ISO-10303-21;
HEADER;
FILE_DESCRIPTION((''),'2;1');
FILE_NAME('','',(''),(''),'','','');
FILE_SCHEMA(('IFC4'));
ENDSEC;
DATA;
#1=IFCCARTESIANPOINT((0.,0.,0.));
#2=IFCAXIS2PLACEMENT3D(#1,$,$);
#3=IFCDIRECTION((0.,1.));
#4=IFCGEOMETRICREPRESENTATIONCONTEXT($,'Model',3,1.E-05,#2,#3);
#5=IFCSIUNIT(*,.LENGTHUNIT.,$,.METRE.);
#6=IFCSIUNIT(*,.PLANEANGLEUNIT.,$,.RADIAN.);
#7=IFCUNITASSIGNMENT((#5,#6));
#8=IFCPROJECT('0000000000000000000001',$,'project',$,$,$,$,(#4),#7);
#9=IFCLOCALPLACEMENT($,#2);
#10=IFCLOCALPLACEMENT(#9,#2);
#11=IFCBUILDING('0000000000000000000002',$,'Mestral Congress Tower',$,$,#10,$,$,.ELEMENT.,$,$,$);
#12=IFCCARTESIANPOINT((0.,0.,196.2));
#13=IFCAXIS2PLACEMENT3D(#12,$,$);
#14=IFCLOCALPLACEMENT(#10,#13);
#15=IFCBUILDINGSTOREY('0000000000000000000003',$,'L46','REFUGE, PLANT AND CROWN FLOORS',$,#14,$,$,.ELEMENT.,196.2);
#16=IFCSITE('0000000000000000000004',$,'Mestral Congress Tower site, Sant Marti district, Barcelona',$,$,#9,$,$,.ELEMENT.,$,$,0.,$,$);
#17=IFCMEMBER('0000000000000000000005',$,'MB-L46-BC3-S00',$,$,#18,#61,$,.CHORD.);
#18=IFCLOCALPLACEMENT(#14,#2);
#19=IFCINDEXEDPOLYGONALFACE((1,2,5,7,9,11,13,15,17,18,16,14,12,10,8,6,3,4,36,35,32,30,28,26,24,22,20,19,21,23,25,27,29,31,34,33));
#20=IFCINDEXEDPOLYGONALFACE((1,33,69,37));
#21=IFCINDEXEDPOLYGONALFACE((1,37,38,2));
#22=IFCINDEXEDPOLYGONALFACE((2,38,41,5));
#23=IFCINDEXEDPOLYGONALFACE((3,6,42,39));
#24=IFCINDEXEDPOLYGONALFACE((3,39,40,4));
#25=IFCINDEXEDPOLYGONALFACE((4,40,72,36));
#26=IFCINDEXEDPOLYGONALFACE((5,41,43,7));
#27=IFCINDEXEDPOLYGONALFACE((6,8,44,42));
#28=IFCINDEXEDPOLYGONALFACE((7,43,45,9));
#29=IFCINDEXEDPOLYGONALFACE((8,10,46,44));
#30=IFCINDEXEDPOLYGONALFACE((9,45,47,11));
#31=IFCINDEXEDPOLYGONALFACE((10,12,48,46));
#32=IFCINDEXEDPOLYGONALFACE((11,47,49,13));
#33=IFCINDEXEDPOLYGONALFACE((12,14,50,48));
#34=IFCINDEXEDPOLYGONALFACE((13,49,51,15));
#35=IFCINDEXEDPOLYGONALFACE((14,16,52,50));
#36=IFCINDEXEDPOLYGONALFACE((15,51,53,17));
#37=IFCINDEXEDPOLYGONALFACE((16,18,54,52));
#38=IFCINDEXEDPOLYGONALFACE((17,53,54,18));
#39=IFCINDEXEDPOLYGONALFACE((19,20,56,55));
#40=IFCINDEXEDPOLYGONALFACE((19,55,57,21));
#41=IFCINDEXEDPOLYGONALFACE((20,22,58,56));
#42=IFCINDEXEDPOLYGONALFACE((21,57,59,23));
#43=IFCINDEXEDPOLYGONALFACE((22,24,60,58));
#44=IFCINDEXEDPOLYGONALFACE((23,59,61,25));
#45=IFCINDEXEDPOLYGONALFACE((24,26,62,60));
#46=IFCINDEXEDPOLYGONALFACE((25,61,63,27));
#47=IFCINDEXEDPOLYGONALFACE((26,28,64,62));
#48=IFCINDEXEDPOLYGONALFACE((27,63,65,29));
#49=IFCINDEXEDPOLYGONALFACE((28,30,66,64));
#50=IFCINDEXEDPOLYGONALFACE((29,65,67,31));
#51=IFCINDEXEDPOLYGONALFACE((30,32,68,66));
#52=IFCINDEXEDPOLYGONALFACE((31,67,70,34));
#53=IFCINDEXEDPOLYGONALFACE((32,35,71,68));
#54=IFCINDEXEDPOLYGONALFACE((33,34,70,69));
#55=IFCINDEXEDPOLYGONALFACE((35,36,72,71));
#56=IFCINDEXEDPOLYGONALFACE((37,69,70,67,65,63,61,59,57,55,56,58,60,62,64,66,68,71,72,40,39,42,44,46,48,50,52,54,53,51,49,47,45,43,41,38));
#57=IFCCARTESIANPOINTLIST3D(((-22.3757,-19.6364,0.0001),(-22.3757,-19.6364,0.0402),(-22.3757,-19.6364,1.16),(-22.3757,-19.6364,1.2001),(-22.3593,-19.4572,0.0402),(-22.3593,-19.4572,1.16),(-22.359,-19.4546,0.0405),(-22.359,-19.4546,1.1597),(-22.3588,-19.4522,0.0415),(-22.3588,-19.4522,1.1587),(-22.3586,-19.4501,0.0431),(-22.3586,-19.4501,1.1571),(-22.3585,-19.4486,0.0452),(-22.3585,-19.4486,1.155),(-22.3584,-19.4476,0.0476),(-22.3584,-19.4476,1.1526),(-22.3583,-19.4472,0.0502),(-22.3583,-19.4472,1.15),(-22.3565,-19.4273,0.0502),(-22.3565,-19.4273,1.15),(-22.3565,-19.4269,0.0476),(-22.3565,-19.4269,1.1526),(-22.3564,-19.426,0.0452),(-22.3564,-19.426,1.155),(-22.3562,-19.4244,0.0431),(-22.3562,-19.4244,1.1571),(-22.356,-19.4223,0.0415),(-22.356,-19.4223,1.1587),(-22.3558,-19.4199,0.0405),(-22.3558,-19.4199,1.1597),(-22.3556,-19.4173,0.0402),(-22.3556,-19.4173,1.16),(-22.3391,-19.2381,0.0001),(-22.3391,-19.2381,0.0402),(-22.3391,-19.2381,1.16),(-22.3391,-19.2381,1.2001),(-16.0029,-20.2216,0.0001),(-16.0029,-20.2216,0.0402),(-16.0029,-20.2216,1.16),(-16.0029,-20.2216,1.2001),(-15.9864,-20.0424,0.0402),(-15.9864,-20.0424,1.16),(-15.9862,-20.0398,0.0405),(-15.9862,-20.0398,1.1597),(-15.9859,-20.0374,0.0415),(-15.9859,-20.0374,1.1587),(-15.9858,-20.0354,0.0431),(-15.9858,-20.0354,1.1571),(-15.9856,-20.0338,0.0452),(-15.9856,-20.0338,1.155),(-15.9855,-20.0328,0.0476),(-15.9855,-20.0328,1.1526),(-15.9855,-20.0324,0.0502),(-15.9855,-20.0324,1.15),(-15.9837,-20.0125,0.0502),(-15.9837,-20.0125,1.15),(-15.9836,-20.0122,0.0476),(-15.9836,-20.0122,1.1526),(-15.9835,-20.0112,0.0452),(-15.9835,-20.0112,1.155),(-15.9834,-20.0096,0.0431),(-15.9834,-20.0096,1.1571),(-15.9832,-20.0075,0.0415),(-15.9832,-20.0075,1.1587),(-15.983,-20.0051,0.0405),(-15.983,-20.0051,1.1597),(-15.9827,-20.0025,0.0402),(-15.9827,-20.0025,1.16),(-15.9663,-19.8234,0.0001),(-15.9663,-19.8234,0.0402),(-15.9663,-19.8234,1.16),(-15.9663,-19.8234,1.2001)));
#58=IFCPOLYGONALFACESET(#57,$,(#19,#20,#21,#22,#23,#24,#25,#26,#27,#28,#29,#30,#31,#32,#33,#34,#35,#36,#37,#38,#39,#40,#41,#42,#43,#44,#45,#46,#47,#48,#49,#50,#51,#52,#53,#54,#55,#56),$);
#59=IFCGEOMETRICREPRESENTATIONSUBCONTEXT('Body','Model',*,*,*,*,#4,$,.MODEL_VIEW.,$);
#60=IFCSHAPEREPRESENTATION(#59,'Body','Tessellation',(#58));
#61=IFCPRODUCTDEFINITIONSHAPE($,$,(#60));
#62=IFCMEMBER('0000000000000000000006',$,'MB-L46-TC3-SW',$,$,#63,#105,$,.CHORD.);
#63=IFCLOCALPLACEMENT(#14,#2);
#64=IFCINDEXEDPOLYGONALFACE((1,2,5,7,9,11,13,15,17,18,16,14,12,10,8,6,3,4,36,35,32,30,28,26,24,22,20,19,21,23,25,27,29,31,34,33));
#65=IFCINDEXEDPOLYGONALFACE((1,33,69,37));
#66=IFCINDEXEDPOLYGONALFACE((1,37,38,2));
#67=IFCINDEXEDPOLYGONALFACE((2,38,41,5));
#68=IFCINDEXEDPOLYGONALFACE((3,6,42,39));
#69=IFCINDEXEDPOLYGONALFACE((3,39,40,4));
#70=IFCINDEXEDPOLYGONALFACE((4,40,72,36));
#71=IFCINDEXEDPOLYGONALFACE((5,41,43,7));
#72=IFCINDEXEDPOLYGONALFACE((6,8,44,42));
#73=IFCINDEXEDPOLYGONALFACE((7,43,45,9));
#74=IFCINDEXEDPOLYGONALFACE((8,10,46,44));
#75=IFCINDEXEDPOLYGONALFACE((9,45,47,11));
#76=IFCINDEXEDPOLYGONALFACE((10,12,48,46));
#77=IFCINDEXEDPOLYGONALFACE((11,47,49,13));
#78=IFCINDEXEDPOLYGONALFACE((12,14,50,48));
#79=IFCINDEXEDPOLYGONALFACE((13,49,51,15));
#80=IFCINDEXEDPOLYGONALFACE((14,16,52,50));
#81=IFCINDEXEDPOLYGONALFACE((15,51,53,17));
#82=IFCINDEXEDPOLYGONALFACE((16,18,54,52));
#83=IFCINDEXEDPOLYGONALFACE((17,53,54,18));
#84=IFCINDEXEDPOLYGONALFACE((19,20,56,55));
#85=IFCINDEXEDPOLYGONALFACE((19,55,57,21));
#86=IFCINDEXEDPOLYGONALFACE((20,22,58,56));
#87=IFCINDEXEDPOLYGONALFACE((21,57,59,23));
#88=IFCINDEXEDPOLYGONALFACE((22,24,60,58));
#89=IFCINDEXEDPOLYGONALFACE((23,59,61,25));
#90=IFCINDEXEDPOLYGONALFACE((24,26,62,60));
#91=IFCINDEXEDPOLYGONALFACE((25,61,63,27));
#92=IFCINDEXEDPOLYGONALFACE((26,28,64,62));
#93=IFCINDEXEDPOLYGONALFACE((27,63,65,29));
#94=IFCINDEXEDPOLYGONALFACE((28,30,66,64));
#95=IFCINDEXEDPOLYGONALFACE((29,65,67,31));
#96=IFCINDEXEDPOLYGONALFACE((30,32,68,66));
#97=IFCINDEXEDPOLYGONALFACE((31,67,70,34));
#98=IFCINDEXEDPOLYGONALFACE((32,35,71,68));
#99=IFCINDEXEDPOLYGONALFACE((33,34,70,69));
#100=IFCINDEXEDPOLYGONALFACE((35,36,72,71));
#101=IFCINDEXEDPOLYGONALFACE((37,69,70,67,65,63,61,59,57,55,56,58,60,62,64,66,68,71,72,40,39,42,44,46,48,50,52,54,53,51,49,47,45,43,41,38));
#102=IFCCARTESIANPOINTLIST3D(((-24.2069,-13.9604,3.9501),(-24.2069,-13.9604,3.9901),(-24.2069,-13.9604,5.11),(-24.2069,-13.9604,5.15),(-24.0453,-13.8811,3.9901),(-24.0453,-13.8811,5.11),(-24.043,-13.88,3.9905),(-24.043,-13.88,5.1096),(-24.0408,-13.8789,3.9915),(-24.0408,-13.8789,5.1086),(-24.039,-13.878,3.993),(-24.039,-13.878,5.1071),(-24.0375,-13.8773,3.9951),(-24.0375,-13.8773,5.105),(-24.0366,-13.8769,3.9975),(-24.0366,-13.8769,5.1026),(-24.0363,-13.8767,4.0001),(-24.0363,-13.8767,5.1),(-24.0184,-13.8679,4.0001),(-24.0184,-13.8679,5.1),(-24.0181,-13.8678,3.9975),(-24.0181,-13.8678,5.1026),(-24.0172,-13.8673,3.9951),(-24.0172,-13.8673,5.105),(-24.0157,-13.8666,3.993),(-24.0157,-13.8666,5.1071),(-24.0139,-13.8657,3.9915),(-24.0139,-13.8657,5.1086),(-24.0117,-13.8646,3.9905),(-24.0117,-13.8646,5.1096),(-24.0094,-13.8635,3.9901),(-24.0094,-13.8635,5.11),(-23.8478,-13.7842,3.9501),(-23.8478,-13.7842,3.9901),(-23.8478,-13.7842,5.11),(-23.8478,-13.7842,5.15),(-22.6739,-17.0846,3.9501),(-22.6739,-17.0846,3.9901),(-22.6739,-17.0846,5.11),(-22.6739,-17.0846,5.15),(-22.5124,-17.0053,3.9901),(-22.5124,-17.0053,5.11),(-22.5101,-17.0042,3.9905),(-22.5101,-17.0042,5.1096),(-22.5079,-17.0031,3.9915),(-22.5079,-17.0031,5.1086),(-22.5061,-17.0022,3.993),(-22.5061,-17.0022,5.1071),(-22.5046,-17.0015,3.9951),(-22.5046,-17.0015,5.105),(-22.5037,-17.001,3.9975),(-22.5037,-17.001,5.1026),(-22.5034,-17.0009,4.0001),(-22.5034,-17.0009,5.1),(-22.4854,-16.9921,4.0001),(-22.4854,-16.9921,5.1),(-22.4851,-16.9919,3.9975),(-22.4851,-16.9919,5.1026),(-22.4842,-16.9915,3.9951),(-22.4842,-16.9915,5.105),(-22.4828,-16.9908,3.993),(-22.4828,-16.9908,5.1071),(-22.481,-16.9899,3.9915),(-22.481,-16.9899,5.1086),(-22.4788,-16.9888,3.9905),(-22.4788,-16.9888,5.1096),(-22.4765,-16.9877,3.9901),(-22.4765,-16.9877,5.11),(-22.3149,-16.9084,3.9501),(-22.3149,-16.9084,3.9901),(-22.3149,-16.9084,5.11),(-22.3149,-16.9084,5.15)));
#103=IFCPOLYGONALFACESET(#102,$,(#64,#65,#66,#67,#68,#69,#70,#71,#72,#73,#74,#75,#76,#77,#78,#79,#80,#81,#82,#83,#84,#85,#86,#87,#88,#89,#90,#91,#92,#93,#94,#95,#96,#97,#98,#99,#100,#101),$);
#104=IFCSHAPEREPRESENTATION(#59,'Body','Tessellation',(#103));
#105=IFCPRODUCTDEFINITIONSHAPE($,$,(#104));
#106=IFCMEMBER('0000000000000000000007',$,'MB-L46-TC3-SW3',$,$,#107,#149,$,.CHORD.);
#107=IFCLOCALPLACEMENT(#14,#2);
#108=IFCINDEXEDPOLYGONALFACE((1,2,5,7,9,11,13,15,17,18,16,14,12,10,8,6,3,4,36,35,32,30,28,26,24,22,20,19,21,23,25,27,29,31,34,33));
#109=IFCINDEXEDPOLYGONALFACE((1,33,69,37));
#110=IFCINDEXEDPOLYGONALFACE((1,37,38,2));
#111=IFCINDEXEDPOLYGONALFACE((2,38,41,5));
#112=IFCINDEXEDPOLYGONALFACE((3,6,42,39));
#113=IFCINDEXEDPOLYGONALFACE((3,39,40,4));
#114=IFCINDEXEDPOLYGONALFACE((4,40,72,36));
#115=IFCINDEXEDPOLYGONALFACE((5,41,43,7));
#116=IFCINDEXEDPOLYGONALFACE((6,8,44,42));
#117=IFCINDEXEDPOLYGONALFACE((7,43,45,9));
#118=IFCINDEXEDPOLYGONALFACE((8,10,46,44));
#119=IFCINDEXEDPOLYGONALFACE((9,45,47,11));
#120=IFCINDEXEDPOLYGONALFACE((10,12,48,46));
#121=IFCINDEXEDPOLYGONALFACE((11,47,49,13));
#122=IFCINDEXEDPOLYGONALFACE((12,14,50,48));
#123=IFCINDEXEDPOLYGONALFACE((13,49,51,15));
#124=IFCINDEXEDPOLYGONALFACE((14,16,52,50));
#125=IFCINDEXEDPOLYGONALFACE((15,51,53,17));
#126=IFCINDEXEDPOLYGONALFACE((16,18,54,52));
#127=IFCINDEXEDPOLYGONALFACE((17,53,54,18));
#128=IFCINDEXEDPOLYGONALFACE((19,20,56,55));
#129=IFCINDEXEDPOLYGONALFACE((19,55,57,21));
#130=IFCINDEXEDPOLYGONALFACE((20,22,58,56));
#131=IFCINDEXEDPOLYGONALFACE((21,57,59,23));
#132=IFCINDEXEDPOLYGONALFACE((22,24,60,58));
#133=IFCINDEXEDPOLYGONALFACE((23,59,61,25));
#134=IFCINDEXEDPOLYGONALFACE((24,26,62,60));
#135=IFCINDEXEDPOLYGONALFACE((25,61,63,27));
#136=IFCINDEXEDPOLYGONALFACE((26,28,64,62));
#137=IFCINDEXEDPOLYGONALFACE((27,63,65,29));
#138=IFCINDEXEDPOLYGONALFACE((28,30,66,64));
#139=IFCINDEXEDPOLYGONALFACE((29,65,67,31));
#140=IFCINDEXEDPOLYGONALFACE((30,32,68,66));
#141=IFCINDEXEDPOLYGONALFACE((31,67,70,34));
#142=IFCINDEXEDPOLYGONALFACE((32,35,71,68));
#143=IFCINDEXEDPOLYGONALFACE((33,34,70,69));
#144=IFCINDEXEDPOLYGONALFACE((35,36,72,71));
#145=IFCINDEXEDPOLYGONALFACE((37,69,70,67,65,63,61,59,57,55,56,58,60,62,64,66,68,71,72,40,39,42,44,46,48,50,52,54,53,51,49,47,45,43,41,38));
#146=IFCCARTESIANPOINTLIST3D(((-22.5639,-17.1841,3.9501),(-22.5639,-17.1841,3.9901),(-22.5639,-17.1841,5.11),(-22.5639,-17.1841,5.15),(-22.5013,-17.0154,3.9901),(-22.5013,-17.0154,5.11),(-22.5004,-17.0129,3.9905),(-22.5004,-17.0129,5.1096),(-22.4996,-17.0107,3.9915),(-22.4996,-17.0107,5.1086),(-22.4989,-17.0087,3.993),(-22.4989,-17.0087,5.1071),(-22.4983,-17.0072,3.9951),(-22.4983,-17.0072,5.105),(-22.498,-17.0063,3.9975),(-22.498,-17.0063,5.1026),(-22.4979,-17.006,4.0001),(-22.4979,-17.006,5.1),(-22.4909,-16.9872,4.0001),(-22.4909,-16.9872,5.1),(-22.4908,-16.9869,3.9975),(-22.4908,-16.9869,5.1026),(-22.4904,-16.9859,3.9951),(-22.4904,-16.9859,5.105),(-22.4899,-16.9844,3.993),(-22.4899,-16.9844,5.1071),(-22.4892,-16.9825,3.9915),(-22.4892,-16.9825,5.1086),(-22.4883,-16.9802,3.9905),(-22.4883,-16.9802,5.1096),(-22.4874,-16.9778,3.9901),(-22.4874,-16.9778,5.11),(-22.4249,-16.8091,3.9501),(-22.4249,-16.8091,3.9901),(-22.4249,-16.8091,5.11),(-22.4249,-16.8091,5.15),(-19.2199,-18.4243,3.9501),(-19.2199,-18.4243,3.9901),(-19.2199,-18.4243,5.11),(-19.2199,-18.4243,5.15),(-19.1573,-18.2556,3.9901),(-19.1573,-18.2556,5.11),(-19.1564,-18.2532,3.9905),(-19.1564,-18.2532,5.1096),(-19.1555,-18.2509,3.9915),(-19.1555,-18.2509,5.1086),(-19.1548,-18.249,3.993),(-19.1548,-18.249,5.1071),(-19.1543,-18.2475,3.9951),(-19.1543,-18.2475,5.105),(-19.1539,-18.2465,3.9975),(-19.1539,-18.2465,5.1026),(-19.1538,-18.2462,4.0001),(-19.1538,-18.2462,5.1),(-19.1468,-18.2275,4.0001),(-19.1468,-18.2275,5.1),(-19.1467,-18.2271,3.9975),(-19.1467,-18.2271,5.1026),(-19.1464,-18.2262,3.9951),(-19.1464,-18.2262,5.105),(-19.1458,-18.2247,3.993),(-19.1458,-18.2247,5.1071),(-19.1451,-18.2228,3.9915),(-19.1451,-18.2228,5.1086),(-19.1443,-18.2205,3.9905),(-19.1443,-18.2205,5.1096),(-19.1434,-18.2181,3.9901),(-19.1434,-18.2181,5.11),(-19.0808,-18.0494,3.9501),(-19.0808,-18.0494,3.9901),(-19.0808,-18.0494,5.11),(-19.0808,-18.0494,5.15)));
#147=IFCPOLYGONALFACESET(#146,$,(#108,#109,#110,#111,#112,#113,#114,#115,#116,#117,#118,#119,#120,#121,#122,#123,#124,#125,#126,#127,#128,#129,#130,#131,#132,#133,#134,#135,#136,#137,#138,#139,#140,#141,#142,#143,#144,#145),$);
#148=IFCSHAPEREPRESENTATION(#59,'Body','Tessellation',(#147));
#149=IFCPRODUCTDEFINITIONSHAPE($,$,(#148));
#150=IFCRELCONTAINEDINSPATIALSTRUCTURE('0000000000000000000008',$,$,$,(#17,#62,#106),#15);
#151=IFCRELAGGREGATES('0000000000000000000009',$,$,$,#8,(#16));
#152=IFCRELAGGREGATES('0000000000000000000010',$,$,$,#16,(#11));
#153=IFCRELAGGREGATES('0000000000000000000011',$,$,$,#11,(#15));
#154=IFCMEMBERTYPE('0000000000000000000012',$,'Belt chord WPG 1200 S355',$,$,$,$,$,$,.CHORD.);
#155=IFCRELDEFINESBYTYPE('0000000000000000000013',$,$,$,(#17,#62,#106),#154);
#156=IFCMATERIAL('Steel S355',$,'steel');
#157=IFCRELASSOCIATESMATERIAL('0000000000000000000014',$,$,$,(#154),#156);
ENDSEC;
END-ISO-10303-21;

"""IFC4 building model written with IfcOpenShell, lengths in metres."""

from ifc_helpers import new_model, si_unit, direction, frame, origin, origin_2d, place, context, subcontext, project, spatial, i_section, extrude, material, material_profile, profile_set, type_object, element, save


model = new_model("IFC4")

# Units and contexts
model_context = context("Model", 3, precision=1e-05, world=origin(), true_north=direction((0.0, 1.0)))
body_context = subcontext(model_context, "Body", "Model", "MODEL_VIEW")
ifc_project = project(units=[si_unit("LENGTHUNIT", "METRE"), si_unit("PLANEANGLEUNIT", "RADIAN")], contexts=[model_context])

# Site, building, storey
site_placement = place(None, origin())
site = spatial("IfcSite", under=ifc_project, at=site_placement, Name="Mestral Congress Tower site, Sant Marti district, Barcelona", CompositionType="ELEMENT", RefElevation=0.0)
building_placement = place(site_placement, origin())
building = spatial("IfcBuilding", under=site, at=building_placement, Name="Mestral Congress Tower", CompositionType="ELEMENT")
storey_placement = place(building_placement, frame((0.0, 0.0, 196.2)))
storey = spatial("IfcBuildingStorey", under=building, at=storey_placement, Name="L46", Description="REFUGE, PLANT AND CROWN FLOORS", CompositionType="ELEMENT", Elevation=196.2)

# Members
ifc_material_1 = material(Name="Steel S355", Category="steel")
ifc_material_profile_1 = material_profile(ifc_material_1, i_section(OverallWidth=0.3999, OverallDepth=1.2, WebThickness=0.02, FlangeThickness=0.04, FilletRadius=0.01, at=origin_2d()), Name="WPG 1200")
ifc_profile_set_1 = profile_set([ifc_material_profile_1], Name="Steel S355")
member_type_1 = type_object("IfcMemberType", Name="Belt chord WPG 1200 S355", PredefinedType="CHORD", material=ifc_profile_set_1)
member_1_placement = place(storey_placement, frame((-22.3574, -19.4373, 0.6001), z_axis=(0.99581, -0.091444, 0.0), x_axis=(0.091444, 0.99581, 0.0)))
element("IfcMember", 1, at=member_1_placement, inside=storey, type_object=member_type_1, Name="MB-L46-BC3-S00", PredefinedType="CHORD", context=body_context, shape_type="SweptSolid", body=[
    extrude(i_section(OverallWidth=0.3999, OverallDepth=1.2, WebThickness=0.02, FlangeThickness=0.04, FilletRadius=0.01, at=origin_2d()), origin(), (0.0, 0.0, 1.0), 6.3997),
])
member_2_placement = place(storey_placement, frame((-24.0273, -13.8723, 4.55), z_axis=(0.440494, -0.897755, 0.0), x_axis=(0.897755, 0.440494, 0.0)))
element("IfcMember", 2, at=member_2_placement, inside=storey, type_object=member_type_1, Name="MB-L46-TC3-SW", PredefinedType="CHORD", context=body_context, shape_type="SweptSolid", body=[
    extrude(i_section(OverallWidth=0.3999, OverallDepth=1.2, WebThickness=0.02, FlangeThickness=0.04, FilletRadius=0.01, at=origin_2d()), origin(), (0.0, 0.0, 1.0), 3.48),
])
member_3_placement = place(storey_placement, frame((-22.4944, -16.9966, 4.55), z_axis=(0.937592, -0.347738, 0.0), x_axis=(0.347738, 0.937592, 0.0)))
element("IfcMember", 3, at=member_3_placement, inside=storey, type_object=member_type_1, Name="MB-L46-TC3-SW3", PredefinedType="CHORD", context=body_context, shape_type="SweptSolid", body=[
    extrude(i_section(OverallWidth=0.3999, OverallDepth=1.2, WebThickness=0.02, FlangeThickness=0.04, FilletRadius=0.01, at=origin_2d()), origin(), (0.0, 0.0, 1.0), 3.5667),
])

save(model, "model.ifc")
